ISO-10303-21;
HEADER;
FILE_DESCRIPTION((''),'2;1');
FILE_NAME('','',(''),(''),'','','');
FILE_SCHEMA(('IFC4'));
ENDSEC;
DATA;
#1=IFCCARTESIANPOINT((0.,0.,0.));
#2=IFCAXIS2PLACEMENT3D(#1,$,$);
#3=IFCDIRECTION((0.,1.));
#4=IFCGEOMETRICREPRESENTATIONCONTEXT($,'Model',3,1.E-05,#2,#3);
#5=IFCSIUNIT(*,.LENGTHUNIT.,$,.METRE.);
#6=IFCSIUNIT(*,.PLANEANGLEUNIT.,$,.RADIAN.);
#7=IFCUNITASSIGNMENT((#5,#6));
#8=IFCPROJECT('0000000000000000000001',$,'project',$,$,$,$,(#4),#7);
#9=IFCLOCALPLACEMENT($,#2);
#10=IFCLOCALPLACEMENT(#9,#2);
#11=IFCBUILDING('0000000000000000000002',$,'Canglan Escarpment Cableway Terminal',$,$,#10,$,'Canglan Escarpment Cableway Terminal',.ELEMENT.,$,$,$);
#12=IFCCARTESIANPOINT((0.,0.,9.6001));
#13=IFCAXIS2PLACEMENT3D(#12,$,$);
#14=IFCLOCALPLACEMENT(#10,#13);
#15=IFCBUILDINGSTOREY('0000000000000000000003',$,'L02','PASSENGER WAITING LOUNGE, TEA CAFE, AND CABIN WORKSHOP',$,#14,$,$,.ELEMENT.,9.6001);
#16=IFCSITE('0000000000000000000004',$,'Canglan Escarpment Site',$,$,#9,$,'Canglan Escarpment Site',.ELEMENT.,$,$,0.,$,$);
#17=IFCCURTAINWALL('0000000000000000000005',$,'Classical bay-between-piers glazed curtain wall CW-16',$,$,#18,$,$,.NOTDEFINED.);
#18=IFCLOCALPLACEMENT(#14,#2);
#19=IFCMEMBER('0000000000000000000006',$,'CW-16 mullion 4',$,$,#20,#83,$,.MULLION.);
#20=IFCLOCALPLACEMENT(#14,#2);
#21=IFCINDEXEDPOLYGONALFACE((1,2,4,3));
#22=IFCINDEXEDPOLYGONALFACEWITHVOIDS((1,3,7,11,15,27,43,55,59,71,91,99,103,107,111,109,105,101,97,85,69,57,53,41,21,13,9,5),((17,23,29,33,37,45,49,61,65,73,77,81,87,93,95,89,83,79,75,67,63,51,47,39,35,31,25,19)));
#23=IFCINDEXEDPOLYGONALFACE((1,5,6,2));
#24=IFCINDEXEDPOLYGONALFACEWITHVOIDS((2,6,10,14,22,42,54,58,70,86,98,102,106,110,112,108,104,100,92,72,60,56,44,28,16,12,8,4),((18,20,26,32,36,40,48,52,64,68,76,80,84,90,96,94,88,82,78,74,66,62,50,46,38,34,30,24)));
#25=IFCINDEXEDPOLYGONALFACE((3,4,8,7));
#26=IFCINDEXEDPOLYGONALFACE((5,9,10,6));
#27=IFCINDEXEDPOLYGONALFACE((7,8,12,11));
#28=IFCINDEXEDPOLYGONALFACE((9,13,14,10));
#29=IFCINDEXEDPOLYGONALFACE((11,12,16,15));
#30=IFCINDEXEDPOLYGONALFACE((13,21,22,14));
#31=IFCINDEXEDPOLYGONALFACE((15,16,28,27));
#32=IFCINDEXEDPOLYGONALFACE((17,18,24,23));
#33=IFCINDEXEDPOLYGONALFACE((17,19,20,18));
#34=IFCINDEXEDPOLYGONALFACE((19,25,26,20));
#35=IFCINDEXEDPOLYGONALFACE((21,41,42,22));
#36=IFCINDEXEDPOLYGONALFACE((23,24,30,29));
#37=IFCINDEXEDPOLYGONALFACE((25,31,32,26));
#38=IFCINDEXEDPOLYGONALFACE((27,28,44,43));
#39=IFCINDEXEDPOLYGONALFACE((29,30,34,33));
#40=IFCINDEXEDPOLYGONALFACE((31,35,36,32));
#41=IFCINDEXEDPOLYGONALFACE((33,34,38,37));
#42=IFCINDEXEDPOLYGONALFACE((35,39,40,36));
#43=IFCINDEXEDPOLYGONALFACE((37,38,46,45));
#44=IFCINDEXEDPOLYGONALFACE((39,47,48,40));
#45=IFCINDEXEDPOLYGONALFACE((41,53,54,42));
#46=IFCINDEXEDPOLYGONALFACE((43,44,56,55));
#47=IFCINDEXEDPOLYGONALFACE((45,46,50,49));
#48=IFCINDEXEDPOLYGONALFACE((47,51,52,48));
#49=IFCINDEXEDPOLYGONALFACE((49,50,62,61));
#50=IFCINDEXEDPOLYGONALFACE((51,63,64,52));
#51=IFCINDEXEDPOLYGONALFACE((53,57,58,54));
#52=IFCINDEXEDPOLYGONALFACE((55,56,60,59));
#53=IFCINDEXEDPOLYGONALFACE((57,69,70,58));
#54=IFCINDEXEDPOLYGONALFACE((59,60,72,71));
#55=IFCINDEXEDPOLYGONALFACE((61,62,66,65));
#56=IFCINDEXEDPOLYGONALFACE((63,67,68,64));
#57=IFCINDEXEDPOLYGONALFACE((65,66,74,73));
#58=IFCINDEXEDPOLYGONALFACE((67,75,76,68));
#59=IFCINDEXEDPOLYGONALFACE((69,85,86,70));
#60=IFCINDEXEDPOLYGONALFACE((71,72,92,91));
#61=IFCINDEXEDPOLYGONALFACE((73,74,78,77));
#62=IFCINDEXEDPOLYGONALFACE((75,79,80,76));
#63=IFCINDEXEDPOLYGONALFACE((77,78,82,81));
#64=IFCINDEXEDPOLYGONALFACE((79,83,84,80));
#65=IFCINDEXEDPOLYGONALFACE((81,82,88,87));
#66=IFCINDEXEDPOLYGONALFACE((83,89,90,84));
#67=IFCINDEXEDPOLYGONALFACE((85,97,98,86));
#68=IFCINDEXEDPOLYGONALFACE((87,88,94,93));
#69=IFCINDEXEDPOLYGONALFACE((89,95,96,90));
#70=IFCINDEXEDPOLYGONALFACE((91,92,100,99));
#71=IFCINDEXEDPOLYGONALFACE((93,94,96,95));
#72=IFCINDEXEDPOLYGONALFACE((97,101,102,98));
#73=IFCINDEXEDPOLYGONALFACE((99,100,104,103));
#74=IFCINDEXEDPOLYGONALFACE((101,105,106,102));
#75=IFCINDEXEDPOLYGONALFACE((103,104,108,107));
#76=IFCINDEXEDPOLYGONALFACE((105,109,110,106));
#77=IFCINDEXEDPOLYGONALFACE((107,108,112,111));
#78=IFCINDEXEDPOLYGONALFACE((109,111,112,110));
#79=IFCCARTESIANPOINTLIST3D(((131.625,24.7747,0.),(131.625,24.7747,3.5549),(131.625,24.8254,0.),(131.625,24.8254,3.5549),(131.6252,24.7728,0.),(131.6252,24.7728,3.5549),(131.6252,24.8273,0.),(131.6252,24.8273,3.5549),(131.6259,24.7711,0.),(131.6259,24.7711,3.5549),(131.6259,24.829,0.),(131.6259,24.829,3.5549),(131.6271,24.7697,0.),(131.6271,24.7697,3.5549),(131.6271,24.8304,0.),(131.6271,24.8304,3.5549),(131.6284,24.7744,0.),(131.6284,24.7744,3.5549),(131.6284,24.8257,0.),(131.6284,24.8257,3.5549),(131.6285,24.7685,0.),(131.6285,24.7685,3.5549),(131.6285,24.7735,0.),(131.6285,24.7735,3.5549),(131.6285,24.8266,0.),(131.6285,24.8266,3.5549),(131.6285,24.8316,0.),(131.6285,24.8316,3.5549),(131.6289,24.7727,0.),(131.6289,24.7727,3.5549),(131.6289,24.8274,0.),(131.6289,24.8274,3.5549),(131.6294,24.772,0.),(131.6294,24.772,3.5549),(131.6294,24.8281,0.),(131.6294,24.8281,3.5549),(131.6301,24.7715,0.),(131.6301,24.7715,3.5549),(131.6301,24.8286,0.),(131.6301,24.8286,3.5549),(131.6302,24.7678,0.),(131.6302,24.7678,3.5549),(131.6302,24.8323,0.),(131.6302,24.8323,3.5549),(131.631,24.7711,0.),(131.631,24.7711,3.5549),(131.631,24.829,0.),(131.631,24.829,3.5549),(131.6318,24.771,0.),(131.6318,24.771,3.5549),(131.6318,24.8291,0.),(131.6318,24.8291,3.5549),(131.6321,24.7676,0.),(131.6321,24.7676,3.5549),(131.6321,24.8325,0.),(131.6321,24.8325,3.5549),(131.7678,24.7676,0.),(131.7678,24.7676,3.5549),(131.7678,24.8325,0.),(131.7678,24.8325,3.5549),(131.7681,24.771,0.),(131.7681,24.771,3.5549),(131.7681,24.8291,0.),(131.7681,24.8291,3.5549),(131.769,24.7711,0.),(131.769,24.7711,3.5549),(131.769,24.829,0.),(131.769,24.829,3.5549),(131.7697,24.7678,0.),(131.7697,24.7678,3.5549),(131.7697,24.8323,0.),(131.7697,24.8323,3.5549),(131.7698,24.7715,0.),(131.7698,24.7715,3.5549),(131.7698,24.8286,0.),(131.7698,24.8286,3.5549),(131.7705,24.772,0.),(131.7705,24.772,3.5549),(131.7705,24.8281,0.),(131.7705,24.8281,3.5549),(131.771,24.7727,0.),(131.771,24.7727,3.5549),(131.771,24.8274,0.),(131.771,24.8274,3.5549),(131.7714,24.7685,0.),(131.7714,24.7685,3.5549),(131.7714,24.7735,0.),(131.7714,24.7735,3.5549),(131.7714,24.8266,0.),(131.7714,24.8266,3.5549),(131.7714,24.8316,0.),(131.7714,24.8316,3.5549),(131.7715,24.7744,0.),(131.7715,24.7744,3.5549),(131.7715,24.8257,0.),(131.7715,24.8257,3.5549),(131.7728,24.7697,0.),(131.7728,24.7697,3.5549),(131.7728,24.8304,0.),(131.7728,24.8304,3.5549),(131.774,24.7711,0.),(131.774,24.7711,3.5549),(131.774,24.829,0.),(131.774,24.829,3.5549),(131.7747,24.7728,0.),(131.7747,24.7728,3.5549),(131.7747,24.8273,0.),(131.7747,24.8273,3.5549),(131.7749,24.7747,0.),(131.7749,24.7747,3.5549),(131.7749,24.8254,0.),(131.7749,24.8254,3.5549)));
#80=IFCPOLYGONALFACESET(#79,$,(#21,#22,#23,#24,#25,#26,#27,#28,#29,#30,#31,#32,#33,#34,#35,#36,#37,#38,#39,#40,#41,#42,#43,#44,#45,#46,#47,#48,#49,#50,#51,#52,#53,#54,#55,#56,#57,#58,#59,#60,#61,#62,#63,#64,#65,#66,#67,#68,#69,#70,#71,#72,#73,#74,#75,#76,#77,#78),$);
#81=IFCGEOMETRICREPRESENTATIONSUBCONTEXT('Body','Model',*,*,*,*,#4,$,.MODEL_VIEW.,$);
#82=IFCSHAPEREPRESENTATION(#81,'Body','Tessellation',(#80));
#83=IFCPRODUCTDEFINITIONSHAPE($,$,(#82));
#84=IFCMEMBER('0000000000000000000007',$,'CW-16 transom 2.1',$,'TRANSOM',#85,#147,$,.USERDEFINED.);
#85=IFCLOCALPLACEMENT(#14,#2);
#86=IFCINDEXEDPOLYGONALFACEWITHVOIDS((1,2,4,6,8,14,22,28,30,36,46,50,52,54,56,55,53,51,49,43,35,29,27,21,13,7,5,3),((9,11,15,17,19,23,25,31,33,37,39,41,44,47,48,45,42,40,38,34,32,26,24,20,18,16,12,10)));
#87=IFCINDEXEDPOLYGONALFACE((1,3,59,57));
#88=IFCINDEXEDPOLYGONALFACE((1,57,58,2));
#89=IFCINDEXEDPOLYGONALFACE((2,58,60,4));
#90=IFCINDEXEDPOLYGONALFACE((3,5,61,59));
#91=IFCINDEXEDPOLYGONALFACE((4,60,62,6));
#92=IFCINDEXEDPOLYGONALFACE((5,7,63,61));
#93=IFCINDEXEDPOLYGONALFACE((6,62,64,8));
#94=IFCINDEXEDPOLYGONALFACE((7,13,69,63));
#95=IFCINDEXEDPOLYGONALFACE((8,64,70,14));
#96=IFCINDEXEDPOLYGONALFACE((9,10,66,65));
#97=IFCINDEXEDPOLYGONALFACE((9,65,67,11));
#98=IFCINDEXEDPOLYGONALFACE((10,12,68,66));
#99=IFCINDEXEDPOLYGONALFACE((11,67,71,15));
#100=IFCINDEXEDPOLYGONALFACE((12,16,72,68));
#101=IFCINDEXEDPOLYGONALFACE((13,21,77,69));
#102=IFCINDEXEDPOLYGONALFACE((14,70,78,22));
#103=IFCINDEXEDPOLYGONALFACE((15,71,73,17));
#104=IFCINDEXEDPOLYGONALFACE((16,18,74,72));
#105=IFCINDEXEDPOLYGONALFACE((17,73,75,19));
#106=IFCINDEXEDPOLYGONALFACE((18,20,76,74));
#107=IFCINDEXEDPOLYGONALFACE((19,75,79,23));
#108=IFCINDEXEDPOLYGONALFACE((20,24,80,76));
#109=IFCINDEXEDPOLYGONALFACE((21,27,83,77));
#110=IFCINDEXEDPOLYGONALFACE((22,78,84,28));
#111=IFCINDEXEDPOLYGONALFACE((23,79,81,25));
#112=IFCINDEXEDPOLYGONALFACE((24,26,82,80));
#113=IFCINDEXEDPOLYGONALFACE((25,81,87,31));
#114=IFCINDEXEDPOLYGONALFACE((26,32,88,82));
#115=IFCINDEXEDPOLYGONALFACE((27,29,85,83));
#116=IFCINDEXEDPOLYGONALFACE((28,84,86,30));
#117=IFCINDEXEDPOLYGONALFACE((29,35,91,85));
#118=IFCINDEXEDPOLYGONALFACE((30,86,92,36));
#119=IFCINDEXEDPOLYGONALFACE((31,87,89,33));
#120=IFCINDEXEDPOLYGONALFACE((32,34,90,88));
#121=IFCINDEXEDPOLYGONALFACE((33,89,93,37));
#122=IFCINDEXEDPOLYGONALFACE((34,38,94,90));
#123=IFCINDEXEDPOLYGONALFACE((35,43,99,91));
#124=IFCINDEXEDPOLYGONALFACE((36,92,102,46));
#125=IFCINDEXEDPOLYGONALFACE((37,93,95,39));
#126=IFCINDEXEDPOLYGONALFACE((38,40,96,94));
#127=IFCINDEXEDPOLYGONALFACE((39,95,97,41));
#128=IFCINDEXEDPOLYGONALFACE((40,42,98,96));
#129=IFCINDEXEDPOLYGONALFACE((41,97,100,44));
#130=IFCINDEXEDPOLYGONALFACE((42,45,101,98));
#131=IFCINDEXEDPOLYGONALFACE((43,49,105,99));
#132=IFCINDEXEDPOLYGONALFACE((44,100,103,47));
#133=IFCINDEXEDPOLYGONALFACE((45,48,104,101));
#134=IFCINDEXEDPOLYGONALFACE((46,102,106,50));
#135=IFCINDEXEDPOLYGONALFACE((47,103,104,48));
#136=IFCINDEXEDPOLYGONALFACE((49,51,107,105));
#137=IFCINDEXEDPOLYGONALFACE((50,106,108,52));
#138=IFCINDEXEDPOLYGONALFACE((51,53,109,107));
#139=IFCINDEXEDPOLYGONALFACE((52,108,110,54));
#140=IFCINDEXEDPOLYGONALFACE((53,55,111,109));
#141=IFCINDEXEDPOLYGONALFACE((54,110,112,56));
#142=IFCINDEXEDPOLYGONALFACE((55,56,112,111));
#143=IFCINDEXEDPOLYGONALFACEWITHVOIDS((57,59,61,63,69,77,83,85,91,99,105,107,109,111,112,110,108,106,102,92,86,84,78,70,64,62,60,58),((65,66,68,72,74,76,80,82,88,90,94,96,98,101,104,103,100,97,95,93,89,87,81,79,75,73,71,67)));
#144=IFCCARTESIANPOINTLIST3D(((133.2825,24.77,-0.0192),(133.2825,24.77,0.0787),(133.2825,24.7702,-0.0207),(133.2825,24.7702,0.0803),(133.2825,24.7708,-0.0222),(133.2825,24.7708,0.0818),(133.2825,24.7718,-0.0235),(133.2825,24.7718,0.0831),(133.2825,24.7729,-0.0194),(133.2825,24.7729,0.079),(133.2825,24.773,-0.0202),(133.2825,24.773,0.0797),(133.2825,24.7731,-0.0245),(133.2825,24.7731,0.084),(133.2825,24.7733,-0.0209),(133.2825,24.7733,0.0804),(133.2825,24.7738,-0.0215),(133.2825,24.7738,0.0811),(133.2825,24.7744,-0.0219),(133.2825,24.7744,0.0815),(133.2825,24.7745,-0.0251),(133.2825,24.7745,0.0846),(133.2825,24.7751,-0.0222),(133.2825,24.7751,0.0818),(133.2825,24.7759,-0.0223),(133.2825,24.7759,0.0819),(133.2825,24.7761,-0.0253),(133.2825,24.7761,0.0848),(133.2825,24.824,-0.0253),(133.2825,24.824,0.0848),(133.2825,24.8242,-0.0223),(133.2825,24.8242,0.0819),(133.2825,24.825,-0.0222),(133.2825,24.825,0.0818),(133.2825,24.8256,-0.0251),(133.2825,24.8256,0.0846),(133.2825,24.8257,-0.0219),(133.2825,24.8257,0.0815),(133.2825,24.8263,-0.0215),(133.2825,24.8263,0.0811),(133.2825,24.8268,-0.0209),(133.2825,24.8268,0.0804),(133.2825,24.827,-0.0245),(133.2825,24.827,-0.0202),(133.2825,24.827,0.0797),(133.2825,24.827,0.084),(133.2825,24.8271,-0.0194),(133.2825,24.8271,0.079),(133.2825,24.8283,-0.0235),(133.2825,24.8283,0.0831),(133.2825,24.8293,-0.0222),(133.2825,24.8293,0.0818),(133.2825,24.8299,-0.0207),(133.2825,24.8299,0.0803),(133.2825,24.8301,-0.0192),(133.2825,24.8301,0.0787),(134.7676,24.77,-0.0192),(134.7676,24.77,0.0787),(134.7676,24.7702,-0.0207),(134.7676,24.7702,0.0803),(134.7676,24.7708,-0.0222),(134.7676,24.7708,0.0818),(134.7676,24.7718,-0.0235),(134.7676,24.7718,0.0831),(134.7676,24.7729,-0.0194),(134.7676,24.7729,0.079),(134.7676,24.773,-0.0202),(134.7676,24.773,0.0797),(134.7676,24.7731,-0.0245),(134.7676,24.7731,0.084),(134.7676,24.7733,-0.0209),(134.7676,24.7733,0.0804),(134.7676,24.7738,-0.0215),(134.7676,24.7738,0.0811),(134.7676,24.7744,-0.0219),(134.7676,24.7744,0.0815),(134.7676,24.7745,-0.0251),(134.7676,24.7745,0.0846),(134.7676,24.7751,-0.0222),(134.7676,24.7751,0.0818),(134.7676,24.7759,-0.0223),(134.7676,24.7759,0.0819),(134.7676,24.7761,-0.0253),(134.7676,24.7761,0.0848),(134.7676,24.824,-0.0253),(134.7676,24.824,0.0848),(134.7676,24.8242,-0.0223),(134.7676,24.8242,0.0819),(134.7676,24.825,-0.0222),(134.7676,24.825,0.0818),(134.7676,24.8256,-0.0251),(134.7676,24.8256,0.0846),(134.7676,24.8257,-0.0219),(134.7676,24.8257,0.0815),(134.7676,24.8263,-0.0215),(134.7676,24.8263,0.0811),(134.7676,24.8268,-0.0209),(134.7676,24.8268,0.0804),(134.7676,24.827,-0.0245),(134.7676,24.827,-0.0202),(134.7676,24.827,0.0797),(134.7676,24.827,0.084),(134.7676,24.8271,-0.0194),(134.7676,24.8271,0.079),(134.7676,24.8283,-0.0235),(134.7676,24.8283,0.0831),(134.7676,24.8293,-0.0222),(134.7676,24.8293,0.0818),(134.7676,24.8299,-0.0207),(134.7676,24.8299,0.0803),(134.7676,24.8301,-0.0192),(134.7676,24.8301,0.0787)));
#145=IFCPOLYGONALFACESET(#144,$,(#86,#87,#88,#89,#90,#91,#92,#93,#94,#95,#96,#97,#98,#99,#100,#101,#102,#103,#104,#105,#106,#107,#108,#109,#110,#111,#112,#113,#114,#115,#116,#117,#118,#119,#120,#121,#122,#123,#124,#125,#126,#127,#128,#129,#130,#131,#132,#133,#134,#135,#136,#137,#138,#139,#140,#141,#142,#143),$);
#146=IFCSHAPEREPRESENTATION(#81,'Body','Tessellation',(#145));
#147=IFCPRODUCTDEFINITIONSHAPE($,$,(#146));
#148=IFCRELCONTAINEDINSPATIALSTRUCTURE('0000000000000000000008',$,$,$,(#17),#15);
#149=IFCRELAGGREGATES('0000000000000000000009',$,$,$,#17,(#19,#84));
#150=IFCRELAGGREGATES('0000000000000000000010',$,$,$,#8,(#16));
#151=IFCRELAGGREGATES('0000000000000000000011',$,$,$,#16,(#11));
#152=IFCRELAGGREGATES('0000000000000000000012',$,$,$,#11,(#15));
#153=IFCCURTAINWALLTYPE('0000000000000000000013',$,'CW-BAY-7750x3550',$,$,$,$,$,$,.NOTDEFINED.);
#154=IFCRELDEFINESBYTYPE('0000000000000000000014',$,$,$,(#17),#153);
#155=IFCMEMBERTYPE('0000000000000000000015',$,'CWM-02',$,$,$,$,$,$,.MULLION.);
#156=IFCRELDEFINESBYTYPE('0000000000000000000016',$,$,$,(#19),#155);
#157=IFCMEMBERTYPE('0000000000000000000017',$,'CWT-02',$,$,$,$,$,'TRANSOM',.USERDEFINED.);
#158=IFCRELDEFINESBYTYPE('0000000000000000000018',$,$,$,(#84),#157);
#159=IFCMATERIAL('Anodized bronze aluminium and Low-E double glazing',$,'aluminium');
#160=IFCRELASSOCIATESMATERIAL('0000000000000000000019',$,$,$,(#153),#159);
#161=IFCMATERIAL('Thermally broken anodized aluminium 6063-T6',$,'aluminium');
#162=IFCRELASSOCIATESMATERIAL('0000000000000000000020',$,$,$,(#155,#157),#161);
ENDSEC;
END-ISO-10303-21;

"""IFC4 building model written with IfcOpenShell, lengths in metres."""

from ifc_helpers import new_model, si_unit, direction, frame, origin, origin_2d, place, context, subcontext, project, spatial, hollow_rectangle, extrude, material, material_profile, profile_set, type_object, element, aggregate, save


model = new_model("IFC4")

# Units and contexts
model_context = context("Model", 3, precision=1e-05, world=origin(), true_north=direction((0.0, 1.0)))
body_context = subcontext(model_context, "Body", "Model", "MODEL_VIEW")
ifc_project = project(units=[si_unit("LENGTHUNIT", "METRE"), si_unit("PLANEANGLEUNIT", "RADIAN")], contexts=[model_context])

# Site, building, storey
site_placement = place(None, origin())
site = spatial("IfcSite", under=ifc_project, at=site_placement, Name="Canglan Escarpment Site", LongName="Canglan Escarpment Site", CompositionType="ELEMENT", RefElevation=0.0)
building_placement = place(site_placement, origin())
building = spatial("IfcBuilding", under=site, at=building_placement, Name="Canglan Escarpment Cableway Terminal", LongName="Canglan Escarpment Cableway Terminal", CompositionType="ELEMENT")
storey_placement = place(building_placement, frame((0.0, 0.0, 9.6001)))
storey = spatial("IfcBuildingStorey", under=building, at=storey_placement, Name="L02", Description="PASSENGER WAITING LOUNGE, TEA CAFE, AND CABIN WORKSHOP", CompositionType="ELEMENT", Elevation=9.6001)

# Curtain wall, members
ifc_material_1 = material(Name="Anodized bronze aluminium and Low-E double glazing", Category="aluminium")
curtain_wall_type = type_object("IfcCurtainWallType", Name="CW-BAY-7750x3550", PredefinedType="NOTDEFINED", material=ifc_material_1)
curtain_wall_placement = place(storey_placement, origin())
curtain_wall = element("IfcCurtainWall", 1, at=curtain_wall_placement, inside=storey, type_object=curtain_wall_type, Name="Classical bay-between-piers glazed curtain wall CW-16", PredefinedType="NOTDEFINED")
ifc_material_2 = material(Name="Thermally broken anodized aluminium 6063-T6", Category="aluminium")
ifc_material_profile_1 = material_profile(ifc_material_2, hollow_rectangle(XDim=0.0649, YDim=0.1499, WallThickness=0.0034, InnerFilletRadius=0.0034, OuterFilletRadius=0.0071, at=origin_2d()), Name="ALU-MULL 65x150x3.5")
ifc_profile_set_1 = profile_set([ifc_material_profile_1], Name="Thermally broken anodized aluminium 6063-T6")
member_type_1 = type_object("IfcMemberType", Name="CWM-02", PredefinedType="MULLION", material=ifc_profile_set_1)
member_1_placement = place(storey_placement, frame((131.7, 24.8, 0.0), z_axis=(0.0, 0.0, 1.0), x_axis=(0.0, -1.0, 0.0)))
member_1 = element("IfcMember", 2, at=member_1_placement, type_object=member_type_1, Name="CW-16 mullion 4", PredefinedType="MULLION", context=body_context, shape_type="SweptSolid", body=[
    extrude(hollow_rectangle(XDim=0.0649, YDim=0.1499, WallThickness=0.0034, InnerFilletRadius=0.0034, OuterFilletRadius=0.0071, at=origin_2d()), origin(), (0.0, 0.0, 1.0), 3.5549),
])
ifc_material_profile_2 = material_profile(ifc_material_2, hollow_rectangle(XDim=0.0601, YDim=0.1101, WallThickness=0.0029, InnerFilletRadius=0.0029, OuterFilletRadius=0.0061, at=origin_2d()), Name="ALU-TRAN 60x110x3")
ifc_profile_set_2 = profile_set([ifc_material_profile_2], Name="Thermally broken anodized aluminium 6063-T6")
member_type_2 = type_object("IfcMemberType", Name="CWT-02", ElementType="TRANSOM", PredefinedType="USERDEFINED", material=ifc_profile_set_2)
member_2_placement = place(storey_placement, frame((134.7676, 24.8, 0.0298), z_axis=(-1.0, 0.0, 0.0), x_axis=(0.0, -1.0, 0.0)))
member_2 = element("IfcMember", 3, at=member_2_placement, type_object=member_type_2, Name="CW-16 transom 2.1", ObjectType="TRANSOM", PredefinedType="USERDEFINED", context=body_context, shape_type="SweptSolid", body=[
    extrude(hollow_rectangle(XDim=0.0601, YDim=0.1101, WallThickness=0.0029, InnerFilletRadius=0.0029, OuterFilletRadius=0.0061, at=origin_2d()), origin(), (0.0, 0.0, 1.0), 1.4851),
])
aggregate(curtain_wall, [member_1, member_2])

save(model, "model.ifc")
